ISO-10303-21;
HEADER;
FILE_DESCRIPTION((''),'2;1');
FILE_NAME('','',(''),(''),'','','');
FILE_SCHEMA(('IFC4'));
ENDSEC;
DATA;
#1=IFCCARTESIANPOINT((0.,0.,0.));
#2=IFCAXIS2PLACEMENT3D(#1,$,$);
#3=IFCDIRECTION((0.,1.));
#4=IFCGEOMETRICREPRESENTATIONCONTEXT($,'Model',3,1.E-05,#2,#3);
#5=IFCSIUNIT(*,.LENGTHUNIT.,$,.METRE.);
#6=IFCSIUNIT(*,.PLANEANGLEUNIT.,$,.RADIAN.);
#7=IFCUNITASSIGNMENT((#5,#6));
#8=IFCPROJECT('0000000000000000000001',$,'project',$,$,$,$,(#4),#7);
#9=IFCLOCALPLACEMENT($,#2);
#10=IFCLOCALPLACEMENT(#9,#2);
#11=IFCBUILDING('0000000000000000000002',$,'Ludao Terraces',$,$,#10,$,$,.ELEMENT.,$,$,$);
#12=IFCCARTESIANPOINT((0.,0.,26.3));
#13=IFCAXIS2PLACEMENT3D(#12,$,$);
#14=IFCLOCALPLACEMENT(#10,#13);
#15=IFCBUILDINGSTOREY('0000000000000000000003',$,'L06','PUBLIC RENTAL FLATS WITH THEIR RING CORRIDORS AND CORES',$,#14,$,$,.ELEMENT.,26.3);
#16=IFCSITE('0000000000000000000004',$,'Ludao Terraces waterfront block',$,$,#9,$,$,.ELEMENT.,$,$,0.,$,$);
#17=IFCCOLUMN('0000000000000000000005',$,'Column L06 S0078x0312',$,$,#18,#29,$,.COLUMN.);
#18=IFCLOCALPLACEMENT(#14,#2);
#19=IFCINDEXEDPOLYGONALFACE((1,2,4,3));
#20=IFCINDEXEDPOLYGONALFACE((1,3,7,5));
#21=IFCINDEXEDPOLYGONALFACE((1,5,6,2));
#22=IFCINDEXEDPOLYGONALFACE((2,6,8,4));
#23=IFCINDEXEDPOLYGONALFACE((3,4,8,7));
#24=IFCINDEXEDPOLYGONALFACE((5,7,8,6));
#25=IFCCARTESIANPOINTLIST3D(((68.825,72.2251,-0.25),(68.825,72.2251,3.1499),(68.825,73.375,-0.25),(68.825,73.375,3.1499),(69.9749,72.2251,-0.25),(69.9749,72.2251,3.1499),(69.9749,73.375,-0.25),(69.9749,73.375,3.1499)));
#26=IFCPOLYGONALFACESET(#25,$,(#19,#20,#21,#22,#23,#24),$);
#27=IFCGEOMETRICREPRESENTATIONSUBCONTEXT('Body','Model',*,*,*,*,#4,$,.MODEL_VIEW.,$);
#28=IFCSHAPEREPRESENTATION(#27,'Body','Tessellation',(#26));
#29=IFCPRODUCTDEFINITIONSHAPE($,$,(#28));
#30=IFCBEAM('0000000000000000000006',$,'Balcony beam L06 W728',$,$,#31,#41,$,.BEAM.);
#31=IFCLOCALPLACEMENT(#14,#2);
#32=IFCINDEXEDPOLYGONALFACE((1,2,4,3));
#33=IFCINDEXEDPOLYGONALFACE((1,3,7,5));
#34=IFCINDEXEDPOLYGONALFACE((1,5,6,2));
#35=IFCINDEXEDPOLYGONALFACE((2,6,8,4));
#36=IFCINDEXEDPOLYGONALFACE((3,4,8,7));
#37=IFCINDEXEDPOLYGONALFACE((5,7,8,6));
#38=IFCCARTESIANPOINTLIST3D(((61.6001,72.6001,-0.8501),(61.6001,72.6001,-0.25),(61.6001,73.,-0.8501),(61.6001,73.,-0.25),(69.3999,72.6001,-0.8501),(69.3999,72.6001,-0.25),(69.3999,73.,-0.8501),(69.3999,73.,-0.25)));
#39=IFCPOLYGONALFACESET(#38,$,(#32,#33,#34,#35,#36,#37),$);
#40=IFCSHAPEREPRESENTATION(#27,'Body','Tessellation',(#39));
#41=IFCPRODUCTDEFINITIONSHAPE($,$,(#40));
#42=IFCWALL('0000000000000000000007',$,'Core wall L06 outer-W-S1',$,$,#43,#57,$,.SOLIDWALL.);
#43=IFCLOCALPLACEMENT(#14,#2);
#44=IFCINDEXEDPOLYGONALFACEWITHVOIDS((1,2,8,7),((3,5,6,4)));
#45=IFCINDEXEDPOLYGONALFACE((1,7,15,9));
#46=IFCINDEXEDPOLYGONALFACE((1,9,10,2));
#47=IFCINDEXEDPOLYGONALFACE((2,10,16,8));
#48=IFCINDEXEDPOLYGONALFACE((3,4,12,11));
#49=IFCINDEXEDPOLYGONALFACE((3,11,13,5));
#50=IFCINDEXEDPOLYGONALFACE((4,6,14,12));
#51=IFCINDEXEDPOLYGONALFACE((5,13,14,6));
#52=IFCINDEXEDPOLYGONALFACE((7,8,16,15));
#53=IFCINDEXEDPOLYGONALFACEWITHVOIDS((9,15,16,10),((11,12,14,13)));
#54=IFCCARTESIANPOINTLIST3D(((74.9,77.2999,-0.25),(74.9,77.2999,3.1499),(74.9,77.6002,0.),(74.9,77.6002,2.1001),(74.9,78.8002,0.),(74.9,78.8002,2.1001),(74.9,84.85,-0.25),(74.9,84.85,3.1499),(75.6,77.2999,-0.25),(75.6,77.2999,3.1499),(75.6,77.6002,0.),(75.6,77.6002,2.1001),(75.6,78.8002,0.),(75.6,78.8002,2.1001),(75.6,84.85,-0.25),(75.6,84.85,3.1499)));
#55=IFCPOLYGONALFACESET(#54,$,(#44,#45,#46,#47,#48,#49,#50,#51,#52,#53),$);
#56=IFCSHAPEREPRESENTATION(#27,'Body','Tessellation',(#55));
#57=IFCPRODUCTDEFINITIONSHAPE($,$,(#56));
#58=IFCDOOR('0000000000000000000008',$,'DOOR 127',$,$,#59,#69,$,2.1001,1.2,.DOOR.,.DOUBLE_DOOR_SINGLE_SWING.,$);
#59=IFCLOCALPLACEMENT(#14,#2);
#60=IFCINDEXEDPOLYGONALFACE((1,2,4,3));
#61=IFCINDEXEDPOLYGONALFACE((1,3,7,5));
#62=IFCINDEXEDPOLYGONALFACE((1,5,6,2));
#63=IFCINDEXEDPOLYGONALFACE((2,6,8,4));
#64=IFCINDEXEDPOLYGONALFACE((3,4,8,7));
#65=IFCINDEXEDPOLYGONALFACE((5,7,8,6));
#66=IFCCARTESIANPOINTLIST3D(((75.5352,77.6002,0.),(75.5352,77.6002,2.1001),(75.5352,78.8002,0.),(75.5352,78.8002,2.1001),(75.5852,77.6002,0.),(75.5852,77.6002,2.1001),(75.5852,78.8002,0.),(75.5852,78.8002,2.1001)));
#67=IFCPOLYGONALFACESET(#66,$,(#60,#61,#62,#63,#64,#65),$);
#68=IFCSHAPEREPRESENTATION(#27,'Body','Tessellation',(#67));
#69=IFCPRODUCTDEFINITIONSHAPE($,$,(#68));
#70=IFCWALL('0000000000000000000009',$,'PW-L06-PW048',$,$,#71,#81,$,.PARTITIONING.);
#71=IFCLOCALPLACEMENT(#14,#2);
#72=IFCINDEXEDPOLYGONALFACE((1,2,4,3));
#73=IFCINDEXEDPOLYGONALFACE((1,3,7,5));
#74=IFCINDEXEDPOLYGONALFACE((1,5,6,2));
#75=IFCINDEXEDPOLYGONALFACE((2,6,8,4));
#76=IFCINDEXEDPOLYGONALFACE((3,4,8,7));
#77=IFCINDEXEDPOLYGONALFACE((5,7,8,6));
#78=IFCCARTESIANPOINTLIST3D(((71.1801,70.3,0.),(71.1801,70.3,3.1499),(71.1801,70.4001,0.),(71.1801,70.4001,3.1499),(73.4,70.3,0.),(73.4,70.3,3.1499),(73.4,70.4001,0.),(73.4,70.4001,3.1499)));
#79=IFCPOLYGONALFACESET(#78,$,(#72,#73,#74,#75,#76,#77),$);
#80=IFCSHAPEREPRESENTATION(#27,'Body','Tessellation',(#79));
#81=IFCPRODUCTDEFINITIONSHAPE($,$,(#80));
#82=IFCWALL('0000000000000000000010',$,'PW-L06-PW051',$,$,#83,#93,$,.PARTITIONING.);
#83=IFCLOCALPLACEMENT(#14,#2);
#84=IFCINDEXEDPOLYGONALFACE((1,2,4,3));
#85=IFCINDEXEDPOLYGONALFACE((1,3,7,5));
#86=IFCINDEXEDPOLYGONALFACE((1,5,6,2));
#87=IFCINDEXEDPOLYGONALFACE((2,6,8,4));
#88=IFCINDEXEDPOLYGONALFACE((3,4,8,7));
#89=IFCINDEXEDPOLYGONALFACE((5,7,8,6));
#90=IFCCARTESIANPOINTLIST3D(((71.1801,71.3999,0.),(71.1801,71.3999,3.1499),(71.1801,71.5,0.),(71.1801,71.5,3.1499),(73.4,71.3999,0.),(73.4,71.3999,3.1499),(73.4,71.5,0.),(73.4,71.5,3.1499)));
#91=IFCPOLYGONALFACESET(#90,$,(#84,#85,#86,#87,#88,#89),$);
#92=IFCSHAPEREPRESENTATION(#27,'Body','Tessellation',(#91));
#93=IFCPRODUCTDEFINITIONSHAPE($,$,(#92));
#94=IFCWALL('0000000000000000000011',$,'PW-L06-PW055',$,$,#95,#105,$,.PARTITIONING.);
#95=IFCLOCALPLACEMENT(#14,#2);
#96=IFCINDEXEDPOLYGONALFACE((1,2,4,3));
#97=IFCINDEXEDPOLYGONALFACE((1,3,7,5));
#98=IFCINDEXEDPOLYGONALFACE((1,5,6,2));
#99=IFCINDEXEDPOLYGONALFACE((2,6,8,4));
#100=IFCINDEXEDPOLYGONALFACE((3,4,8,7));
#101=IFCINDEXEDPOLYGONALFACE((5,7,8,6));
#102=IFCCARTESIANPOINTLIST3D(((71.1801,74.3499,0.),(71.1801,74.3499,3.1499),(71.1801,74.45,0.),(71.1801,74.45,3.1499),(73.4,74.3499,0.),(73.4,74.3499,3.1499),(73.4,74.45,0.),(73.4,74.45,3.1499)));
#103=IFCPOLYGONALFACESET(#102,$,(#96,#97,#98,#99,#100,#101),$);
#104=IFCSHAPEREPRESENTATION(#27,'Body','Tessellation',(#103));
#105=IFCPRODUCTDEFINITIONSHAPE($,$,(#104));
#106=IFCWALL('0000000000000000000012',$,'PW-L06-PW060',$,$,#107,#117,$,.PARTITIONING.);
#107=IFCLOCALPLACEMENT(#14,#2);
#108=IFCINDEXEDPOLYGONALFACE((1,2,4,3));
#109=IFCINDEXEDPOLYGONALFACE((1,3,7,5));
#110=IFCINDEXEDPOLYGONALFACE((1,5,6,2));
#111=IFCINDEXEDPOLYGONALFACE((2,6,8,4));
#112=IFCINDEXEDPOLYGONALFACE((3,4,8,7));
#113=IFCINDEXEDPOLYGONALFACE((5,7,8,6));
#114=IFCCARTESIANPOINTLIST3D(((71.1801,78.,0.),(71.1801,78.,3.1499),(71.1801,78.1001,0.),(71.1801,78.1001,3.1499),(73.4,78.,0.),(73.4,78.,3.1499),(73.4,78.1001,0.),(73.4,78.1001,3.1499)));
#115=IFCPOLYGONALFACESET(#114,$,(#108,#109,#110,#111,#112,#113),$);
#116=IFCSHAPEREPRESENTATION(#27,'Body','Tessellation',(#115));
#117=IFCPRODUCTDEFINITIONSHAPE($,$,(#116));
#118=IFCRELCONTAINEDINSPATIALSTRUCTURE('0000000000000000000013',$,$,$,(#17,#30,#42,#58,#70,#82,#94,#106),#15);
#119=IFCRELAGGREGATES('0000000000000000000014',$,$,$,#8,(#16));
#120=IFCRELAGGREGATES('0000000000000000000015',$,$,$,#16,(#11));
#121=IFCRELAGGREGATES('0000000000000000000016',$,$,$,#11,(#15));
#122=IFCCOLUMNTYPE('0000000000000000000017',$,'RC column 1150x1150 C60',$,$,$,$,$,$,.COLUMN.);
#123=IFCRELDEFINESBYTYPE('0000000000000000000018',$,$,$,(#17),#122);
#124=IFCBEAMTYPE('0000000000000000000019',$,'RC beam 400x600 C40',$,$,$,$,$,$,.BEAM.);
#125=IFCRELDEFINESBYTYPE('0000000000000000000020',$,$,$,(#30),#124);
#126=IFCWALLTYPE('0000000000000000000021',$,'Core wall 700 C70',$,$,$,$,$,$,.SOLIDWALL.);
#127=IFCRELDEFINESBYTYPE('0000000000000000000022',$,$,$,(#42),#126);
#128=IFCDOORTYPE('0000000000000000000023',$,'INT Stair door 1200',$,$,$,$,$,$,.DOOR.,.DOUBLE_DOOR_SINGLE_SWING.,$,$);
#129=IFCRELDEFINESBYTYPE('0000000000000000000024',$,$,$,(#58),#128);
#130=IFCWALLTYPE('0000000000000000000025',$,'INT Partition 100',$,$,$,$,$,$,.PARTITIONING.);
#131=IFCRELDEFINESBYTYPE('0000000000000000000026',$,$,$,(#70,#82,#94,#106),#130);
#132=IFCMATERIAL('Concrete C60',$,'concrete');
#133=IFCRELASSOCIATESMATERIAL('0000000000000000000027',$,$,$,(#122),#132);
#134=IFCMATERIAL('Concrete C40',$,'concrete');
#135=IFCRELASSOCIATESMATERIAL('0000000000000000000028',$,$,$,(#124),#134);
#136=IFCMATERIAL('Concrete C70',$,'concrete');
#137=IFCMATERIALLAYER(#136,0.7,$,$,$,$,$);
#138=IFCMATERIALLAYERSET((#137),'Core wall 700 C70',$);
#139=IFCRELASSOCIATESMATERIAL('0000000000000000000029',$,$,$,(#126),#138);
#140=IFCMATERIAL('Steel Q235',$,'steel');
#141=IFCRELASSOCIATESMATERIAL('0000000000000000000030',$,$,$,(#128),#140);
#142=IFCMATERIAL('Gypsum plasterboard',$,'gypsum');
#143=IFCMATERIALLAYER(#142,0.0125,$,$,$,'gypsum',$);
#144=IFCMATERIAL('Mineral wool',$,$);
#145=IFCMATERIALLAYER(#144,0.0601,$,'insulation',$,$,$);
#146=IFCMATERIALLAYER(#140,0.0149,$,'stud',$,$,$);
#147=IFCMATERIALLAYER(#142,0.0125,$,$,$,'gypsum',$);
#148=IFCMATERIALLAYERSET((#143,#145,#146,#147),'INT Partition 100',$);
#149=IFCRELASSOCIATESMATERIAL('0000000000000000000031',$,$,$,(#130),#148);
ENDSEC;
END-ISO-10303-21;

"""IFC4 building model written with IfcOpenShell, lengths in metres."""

from ifc_helpers import new_model, si_unit, direction, frame, frame_2d, origin, origin_2d, place, context, subcontext, project, spatial, rectangle, extrude, material, layer, layer_set, material_profile, profile_set, type_object, element, fill, save


model = new_model("IFC4")

# Units and contexts
model_context = context("Model", 3, precision=1e-05, world=origin(), true_north=direction((0.0, 1.0)))
body_context = subcontext(model_context, "Body", "Model", "MODEL_VIEW")
ifc_project = project(units=[si_unit("LENGTHUNIT", "METRE"), si_unit("PLANEANGLEUNIT", "RADIAN")], contexts=[model_context])

# Site, building, storey
site_placement = place(None, origin())
site = spatial("IfcSite", under=ifc_project, at=site_placement, Name="Ludao Terraces waterfront block", CompositionType="ELEMENT", RefElevation=0.0)
building_placement = place(site_placement, origin())
building = spatial("IfcBuilding", under=site, at=building_placement, Name="Ludao Terraces", CompositionType="ELEMENT")
storey_placement = place(building_placement, frame((0.0, 0.0, 26.3)))
storey = spatial("IfcBuildingStorey", under=building, at=storey_placement, Name="L06", Description="PUBLIC RENTAL FLATS WITH THEIR RING CORRIDORS AND CORES", CompositionType="ELEMENT", Elevation=26.3)

# Column
ifc_material_1 = material(Name="Concrete C60", Category="concrete")
ifc_material_profile_1 = material_profile(ifc_material_1, rectangle(XDim=1.1499, YDim=1.1499, at=origin_2d()), Name="1150 X 1150")
ifc_profile_set_1 = profile_set([ifc_material_profile_1], Name="Concrete C60")
column_type = type_object("IfcColumnType", Name="RC column 1150x1150 C60", PredefinedType="COLUMN", material=ifc_profile_set_1)
column_placement = place(storey_placement, frame((69.3999, 72.8, -0.25), z_axis=(0.0, 0.0, 1.0), x_axis=(1.0, 0.0, 0.0)))
element("IfcColumn", 1, at=column_placement, inside=storey, type_object=column_type, Name="Column L06 S0078x0312", PredefinedType="COLUMN", context=body_context, shape_type="SweptSolid", body=[
    extrude(rectangle(XDim=1.1499, YDim=1.1499, at=origin_2d()), origin(), (0.0, 0.0, 1.0), 3.3999),
])

# Beam
ifc_material_2 = material(Name="Concrete C40", Category="concrete")
ifc_material_profile_2 = material_profile(ifc_material_2, rectangle(XDim=0.3999, YDim=0.6001, at=origin_2d()), Name="400 X 600")
ifc_profile_set_2 = profile_set([ifc_material_profile_2], Name="Concrete C40")
beam_type = type_object("IfcBeamType", Name="RC beam 400x600 C40", PredefinedType="BEAM", material=ifc_profile_set_2)
beam_placement = place(storey_placement, frame((69.3999, 72.8, -0.55), z_axis=(-1.0, 0.0, 0.0), x_axis=(0.0, -1.0, 0.0)))
element("IfcBeam", 2, at=beam_placement, inside=storey, type_object=beam_type, Name="Balcony beam L06 W728", PredefinedType="BEAM", context=body_context, shape_type="SweptSolid", body=[
    extrude(rectangle(XDim=0.3999, YDim=0.6001, at=origin_2d()), origin(), (0.0, 0.0, 1.0), 7.7998),
])

# Wall, opening, door
ifc_material_3 = material(Name="Concrete C70", Category="concrete")
ifc_layer_1 = layer(ifc_material_3, 0.7)
ifc_layer_set_1 = layer_set([ifc_layer_1], Name="Core wall 700 C70")
wall_type_1 = type_object("IfcWallType", Name="Core wall 700 C70", PredefinedType="SOLIDWALL", material=ifc_layer_set_1)
wall_1_placement = place(storey_placement, frame((75.25, 77.3, -0.25), z_axis=(0.0, 0.0, 1.0), x_axis=(0.0, 1.0, 0.0)))
wall_1 = element("IfcWall", 3, at=wall_1_placement, inside=storey, type_object=wall_type_1, Name="Core wall L06 outer-W-S1", PredefinedType="SOLIDWALL", context=body_context, shape_type="SweptSolid", body=[
    extrude(rectangle(XDim=7.55, YDim=0.7, at=frame_2d((3.7749, 0.0))), origin(), (0.0, 0.0, 1.0), 3.3999),
])
opening_1_placement = place(wall_1_placement, frame((0.3, 0.0, 0.25)))
opening_1 = element("IfcOpeningElement", 4, at=opening_1_placement, cuts=wall_1, PredefinedType="OPENING", context=body_context, shape_type="SweptSolid", body=[
    extrude(rectangle(XDim=1.2, YDim=2.1001, at=frame_2d((0.6001, 1.05))), frame((0.0, 0.3599, 0.0), z_axis=(0.0, -1.0, 0.0), x_axis=(1.0, 0.0, 0.0)), (0.0, 0.0, 1.0), 0.72),
])
ifc_material_4 = material(Name="Steel Q235", Category="steel")
door_type_1 = type_object("IfcDoorType", Name="INT Stair door 1200", OperationType="DOUBLE_DOOR_SINGLE_SWING", PredefinedType="DOOR", material=ifc_material_4)
door_1_placement = place(opening_1_placement, origin())
door_1 = element("IfcDoor", 5, at=door_1_placement, inside=storey, type_object=door_type_1, Name="DOOR 127", OperationType="DOUBLE_DOOR_SINGLE_SWING", OverallHeight=2.1001, OverallWidth=1.2, PredefinedType="DOOR", context=body_context, shape_type="SweptSolid", body=[
    extrude(rectangle(XDim=1.2, YDim=2.1001, at=frame_2d((0.6001, 1.05))), frame((0.0, -0.2852, 0.0), z_axis=(0.0, -1.0, 0.0), x_axis=(1.0, 0.0, 0.0)), (0.0, 0.0, 1.0), 0.05),
])
fill(opening_1, door_1)

# Walls
ifc_material_5 = material(Name="Gypsum plasterboard", Category="gypsum")
ifc_layer_2 = layer(ifc_material_5, 0.0125, Category="gypsum")
ifc_material_6 = material(Name="Mineral wool")
ifc_layer_3 = layer(ifc_material_6, 0.0601, Name="insulation")
ifc_layer_4 = layer(ifc_material_4, 0.0149, Name="stud")
ifc_layer_5 = layer(ifc_material_5, 0.0125, Category="gypsum")
ifc_layer_set_2 = layer_set([ifc_layer_2, ifc_layer_3, ifc_layer_4, ifc_layer_5], Name="INT Partition 100")
wall_type_2 = type_object("IfcWallType", Name="INT Partition 100", PredefinedType="PARTITIONING", material=ifc_layer_set_2)
for number, where, z_axis, x_axis, name in (
    (6, (71.1802, 70.3501, 0.0), (0.0, 0.0, 1.0), (1.0, 0.0, 0.0), "PW-L06-PW048"),
    (7, (71.1802, 71.45, 0.0), (0.0, 0.0, 1.0), (1.0, 0.0, 0.0), "PW-L06-PW051"),
    (8, (71.1802, 74.3999, 0.0), (0.0, 0.0, 1.0), (1.0, 0.0, 0.0), "PW-L06-PW055"),
    (9, (71.1802, 78.05, 0.0), (0.0, 0.0, 1.0), (1.0, 0.0, 0.0), "PW-L06-PW060"),
):
    element("IfcWall", number, at=place(storey_placement, frame(where, z_axis=z_axis, x_axis=x_axis)), inside=storey, type_object=wall_type_2, Name=name, PredefinedType="PARTITIONING", context=body_context, shape_type="SweptSolid", body=[
        extrude(rectangle(XDim=2.22, YDim=0.1001, at=frame_2d((1.1099, 0.0))), origin(), (0.0, 0.0, 1.0), 3.1499),
    ])

save(model, "model.ifc")
